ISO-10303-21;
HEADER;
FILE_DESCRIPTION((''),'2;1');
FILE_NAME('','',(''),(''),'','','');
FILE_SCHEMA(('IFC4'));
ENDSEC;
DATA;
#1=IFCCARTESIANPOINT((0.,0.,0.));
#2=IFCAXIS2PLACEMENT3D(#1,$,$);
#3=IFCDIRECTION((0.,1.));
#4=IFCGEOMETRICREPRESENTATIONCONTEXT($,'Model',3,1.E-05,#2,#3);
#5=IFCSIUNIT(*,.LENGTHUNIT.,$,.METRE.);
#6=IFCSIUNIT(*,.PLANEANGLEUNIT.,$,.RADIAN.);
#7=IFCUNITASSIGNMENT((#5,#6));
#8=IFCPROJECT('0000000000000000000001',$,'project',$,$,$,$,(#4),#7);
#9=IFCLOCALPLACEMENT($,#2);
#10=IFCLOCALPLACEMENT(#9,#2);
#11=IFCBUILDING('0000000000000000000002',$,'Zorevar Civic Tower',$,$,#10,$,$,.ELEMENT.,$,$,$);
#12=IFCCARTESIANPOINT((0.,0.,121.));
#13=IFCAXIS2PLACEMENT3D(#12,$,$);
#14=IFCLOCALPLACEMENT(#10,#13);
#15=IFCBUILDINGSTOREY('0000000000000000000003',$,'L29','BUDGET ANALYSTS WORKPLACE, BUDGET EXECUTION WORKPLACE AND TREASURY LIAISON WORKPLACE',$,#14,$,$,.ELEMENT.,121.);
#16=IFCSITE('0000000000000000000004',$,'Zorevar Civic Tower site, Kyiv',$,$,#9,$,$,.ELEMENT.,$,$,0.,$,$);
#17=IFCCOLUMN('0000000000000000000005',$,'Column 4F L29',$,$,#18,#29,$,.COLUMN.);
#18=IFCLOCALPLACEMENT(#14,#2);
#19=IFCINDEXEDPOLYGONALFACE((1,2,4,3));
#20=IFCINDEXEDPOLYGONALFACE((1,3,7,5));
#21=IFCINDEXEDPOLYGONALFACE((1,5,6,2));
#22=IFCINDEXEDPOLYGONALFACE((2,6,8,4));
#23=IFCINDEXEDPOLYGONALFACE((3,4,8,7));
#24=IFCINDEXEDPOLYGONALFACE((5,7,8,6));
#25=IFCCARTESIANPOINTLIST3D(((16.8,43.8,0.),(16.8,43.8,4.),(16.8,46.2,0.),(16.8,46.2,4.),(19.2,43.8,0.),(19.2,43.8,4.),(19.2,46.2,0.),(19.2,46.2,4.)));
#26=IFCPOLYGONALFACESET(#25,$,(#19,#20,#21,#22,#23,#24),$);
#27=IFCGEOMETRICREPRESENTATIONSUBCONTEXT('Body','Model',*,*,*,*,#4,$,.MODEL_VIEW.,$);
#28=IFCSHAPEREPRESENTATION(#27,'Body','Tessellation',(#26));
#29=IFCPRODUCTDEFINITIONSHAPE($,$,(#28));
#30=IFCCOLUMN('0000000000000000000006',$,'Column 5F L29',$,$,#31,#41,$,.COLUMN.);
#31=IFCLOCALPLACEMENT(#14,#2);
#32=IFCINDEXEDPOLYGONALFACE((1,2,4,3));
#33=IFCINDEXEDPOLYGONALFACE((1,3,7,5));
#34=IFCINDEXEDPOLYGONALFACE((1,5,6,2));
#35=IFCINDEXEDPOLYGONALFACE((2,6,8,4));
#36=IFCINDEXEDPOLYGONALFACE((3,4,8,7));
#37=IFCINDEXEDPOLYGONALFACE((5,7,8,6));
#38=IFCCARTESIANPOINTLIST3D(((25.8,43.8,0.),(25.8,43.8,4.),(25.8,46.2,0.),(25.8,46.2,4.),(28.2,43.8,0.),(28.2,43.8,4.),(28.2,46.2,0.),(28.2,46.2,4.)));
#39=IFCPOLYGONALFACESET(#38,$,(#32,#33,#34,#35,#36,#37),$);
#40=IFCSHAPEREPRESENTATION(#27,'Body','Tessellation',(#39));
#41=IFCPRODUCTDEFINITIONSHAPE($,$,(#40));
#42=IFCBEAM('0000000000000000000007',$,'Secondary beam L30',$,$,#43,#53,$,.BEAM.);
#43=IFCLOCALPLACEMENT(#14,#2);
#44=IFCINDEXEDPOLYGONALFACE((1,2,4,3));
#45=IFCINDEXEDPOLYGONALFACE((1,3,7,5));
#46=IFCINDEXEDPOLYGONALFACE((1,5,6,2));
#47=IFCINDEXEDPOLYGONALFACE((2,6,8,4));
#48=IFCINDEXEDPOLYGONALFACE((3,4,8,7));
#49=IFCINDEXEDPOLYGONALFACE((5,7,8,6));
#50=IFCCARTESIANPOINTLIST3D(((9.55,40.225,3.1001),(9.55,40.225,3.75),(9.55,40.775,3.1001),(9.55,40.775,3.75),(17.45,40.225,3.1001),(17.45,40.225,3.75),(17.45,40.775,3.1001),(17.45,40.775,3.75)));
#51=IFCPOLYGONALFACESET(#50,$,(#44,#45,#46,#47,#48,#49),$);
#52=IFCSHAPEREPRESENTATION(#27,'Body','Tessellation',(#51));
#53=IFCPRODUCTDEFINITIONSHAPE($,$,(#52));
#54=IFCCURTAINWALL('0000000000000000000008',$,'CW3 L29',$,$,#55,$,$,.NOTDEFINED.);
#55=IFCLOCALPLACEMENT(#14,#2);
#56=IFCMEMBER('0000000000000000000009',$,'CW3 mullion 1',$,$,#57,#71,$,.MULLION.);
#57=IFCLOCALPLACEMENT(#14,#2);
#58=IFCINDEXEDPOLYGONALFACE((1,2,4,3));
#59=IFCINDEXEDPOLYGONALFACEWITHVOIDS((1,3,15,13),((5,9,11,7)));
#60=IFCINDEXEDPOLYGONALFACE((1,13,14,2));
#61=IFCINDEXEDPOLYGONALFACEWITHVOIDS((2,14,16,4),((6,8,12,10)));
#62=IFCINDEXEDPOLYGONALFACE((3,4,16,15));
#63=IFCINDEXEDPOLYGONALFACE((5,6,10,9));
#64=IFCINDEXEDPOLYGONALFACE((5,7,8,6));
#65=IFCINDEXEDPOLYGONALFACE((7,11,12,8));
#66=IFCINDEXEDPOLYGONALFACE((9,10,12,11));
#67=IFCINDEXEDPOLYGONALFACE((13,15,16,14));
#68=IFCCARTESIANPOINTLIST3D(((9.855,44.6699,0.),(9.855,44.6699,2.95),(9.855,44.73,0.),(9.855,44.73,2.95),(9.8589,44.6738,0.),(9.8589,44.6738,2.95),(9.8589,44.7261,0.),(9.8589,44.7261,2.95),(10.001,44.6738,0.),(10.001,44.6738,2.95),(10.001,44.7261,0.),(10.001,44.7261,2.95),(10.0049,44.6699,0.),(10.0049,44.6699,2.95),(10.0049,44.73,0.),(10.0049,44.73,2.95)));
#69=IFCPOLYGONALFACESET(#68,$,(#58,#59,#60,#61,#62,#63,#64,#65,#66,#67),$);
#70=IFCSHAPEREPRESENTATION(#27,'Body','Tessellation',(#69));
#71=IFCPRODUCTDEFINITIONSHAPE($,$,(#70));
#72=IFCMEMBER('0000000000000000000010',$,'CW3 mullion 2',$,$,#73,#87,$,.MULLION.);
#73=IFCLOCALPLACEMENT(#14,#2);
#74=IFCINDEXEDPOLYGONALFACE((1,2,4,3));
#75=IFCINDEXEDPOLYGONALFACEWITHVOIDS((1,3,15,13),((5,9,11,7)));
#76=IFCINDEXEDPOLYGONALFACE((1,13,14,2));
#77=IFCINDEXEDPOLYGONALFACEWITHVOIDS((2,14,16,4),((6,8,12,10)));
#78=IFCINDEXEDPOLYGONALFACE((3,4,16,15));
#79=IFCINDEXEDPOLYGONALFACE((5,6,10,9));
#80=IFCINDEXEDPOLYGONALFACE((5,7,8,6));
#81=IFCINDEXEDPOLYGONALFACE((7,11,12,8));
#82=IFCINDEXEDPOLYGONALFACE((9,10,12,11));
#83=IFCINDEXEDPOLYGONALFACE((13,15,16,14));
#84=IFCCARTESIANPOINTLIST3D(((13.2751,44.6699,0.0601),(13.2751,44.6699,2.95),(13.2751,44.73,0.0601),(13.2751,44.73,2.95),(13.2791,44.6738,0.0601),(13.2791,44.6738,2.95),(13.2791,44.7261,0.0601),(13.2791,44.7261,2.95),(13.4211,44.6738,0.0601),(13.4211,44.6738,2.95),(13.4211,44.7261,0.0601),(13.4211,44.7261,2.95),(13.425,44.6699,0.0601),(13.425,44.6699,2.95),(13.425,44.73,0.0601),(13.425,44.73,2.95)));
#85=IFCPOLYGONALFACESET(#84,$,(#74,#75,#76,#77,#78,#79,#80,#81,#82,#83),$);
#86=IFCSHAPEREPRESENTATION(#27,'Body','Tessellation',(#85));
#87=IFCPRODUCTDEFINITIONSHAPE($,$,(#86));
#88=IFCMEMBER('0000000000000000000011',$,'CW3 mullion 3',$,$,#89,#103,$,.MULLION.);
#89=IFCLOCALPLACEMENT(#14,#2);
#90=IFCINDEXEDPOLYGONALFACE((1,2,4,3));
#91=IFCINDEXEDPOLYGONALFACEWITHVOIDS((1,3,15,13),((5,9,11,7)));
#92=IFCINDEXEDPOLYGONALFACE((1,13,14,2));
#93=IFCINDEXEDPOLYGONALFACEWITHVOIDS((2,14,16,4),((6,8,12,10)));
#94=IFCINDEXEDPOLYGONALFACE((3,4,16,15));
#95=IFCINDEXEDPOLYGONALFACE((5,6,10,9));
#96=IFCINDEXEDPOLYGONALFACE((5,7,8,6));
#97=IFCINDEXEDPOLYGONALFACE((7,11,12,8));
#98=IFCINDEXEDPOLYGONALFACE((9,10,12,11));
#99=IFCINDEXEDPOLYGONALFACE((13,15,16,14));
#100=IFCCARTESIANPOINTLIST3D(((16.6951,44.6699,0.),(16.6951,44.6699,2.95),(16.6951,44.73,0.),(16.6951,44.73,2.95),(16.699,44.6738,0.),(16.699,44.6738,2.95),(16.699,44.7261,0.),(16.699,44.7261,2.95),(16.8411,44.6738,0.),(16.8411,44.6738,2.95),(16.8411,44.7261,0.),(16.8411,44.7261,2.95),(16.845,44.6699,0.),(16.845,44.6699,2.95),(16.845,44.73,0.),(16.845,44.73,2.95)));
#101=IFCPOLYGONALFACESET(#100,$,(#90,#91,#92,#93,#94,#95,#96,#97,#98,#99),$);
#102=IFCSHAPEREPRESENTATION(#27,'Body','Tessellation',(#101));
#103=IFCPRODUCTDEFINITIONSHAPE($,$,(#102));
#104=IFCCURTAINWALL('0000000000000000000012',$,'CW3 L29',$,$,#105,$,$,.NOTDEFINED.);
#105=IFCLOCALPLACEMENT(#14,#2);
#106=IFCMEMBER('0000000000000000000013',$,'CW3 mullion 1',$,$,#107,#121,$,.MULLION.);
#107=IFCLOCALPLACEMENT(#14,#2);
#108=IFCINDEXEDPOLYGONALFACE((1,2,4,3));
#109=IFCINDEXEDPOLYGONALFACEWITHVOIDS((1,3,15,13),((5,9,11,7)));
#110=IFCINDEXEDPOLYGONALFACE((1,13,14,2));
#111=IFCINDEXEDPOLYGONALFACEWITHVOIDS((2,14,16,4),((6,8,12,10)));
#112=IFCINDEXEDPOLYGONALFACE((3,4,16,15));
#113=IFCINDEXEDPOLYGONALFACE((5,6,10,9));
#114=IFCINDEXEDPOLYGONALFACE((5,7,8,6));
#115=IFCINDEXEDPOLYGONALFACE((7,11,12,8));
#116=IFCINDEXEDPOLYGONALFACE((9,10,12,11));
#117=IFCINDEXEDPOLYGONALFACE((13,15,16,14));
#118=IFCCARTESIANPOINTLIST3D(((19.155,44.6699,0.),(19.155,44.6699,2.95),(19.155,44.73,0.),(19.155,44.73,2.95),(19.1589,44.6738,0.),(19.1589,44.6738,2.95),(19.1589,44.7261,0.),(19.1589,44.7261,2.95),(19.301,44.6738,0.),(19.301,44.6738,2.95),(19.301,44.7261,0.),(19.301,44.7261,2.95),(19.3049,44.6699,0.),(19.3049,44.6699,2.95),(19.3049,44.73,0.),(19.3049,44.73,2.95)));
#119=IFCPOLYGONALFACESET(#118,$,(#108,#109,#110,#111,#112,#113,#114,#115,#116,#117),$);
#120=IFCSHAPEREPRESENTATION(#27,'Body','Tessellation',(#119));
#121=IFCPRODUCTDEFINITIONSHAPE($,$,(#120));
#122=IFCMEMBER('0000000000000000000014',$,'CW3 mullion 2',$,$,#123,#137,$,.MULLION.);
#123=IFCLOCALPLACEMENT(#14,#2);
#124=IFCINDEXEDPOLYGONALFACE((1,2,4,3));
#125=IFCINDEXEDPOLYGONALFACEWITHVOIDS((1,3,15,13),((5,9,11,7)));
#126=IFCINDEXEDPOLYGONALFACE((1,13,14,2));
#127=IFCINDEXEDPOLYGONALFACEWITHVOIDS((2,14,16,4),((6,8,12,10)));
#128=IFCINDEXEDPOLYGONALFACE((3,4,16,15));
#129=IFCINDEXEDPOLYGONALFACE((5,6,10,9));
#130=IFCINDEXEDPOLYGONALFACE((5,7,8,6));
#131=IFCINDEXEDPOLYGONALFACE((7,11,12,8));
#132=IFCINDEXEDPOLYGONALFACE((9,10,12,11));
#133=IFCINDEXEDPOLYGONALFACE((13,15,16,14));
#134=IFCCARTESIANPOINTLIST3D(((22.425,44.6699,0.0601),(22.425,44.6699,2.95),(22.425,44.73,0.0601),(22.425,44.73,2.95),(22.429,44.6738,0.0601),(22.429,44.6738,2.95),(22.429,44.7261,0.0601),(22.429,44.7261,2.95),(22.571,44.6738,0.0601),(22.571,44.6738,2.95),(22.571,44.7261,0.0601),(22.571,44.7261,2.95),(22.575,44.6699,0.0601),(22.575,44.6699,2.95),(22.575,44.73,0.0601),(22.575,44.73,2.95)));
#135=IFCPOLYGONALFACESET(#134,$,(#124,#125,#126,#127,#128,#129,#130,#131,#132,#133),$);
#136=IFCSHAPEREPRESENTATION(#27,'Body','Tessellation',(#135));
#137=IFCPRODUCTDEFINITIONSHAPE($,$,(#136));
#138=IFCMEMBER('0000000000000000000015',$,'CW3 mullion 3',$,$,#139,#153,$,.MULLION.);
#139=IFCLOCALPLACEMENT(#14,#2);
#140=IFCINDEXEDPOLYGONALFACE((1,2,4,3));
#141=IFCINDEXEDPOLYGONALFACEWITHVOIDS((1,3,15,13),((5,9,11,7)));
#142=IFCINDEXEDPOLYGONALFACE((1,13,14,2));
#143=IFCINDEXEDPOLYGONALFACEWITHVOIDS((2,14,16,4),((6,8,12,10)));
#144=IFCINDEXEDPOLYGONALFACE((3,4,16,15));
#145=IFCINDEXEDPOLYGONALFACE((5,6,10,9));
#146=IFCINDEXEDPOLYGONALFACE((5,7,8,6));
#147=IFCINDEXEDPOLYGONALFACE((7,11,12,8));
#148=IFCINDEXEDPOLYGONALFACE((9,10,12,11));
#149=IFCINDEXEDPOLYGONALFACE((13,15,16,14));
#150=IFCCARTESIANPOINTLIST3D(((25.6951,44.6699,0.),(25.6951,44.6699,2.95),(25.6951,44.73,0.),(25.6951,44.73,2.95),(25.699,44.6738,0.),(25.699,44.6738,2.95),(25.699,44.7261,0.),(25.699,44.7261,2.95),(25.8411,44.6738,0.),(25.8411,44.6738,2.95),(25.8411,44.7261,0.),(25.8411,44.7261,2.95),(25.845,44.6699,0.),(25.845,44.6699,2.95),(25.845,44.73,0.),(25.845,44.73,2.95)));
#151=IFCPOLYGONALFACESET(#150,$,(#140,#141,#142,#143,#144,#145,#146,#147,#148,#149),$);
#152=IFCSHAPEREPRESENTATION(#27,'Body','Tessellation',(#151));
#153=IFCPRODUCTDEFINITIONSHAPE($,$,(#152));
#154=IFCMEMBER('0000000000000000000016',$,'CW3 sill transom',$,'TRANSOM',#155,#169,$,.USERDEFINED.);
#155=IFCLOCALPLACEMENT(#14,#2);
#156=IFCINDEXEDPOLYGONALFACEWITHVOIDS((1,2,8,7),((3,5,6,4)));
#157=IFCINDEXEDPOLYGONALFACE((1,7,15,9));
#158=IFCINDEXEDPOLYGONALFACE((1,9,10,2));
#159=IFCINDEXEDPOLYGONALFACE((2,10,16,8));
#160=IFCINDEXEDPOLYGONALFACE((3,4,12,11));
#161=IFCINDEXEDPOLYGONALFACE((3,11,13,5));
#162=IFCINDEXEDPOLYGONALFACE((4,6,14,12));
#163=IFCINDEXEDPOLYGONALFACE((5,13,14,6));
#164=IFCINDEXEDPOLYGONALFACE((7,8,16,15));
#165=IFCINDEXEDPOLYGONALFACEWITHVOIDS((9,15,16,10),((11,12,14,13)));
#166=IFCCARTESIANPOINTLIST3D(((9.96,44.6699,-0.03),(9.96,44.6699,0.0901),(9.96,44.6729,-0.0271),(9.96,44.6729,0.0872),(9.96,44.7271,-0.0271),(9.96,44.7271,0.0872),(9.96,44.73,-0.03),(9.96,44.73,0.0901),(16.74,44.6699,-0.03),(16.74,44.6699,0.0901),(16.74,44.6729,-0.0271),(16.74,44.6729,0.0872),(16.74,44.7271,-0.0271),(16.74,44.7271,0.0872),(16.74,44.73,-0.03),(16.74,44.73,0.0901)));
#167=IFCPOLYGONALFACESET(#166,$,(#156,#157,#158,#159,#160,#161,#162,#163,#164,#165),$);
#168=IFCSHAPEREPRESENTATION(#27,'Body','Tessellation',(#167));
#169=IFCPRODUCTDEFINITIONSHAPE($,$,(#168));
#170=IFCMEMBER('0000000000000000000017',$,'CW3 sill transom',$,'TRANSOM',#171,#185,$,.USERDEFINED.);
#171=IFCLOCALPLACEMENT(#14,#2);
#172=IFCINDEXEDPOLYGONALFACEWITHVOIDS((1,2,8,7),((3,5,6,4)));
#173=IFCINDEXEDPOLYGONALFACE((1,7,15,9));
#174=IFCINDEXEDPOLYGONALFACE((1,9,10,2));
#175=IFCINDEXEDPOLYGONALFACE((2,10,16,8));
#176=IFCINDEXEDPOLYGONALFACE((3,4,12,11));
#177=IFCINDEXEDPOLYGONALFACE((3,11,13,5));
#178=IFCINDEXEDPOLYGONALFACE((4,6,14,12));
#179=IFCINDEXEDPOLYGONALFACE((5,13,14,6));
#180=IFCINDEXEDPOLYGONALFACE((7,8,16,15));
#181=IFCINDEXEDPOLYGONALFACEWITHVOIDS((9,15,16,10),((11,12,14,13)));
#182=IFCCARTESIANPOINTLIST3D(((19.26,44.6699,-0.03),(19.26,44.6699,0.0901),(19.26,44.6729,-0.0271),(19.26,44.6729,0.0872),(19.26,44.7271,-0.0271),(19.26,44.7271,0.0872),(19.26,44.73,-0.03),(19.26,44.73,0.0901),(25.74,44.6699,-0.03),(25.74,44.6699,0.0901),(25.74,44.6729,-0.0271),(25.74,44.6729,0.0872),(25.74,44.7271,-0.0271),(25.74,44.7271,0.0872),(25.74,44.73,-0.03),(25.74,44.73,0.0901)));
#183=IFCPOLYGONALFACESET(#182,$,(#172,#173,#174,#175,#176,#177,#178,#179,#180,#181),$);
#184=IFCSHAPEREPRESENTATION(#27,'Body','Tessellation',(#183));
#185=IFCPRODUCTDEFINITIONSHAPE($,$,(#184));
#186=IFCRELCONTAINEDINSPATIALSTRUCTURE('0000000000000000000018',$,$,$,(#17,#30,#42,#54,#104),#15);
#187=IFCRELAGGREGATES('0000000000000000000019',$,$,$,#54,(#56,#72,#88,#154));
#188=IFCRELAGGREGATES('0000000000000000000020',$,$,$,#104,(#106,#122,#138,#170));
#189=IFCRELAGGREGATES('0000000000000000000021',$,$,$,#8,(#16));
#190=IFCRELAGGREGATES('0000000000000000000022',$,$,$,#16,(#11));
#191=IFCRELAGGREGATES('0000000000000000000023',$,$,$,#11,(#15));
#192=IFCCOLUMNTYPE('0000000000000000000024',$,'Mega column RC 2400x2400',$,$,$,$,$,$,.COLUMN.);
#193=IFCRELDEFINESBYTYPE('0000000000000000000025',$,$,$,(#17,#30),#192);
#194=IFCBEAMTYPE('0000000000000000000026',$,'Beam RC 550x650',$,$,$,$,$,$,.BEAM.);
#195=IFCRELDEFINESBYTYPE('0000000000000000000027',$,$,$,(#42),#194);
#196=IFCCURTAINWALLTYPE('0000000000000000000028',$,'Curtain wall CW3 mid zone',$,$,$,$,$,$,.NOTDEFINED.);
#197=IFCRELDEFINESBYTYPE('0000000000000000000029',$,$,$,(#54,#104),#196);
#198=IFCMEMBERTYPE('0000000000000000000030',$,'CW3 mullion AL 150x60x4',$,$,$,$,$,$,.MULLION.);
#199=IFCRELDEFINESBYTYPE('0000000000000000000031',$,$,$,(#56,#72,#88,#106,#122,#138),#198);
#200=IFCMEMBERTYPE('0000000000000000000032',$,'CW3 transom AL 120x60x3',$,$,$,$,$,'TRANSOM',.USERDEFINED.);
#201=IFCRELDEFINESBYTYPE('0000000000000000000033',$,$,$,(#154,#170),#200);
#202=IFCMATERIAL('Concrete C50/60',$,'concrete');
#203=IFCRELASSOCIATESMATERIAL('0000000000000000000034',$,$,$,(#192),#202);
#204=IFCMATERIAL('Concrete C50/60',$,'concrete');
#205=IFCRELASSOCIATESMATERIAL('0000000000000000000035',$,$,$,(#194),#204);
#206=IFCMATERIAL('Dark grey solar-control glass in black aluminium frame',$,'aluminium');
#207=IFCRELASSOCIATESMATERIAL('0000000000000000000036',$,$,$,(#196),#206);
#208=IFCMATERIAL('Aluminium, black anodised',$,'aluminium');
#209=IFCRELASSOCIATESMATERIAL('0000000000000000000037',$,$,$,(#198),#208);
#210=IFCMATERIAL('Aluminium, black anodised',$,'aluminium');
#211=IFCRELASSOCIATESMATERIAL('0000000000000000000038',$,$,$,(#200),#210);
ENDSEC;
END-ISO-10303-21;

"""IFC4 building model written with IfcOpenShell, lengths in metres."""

from ifc_helpers import new_model, si_unit, direction, frame, origin, origin_2d, place, context, subcontext, project, spatial, rectangle, hollow_rectangle, extrude, material, material_profile, profile_set, type_object, element, aggregate, save


model = new_model("IFC4")

# Units and contexts
model_context = context("Model", 3, precision=1e-05, world=origin(), true_north=direction((0.0, 1.0)))
body_context = subcontext(model_context, "Body", "Model", "MODEL_VIEW")
ifc_project = project(units=[si_unit("LENGTHUNIT", "METRE"), si_unit("PLANEANGLEUNIT", "RADIAN")], contexts=[model_context])

# Site, building, storey
site_placement = place(None, origin())
site = spatial("IfcSite", under=ifc_project, at=site_placement, Name="Zorevar Civic Tower site, Kyiv", CompositionType="ELEMENT", RefElevation=0.0)
building_placement = place(site_placement, origin())
building = spatial("IfcBuilding", under=site, at=building_placement, Name="Zorevar Civic Tower", CompositionType="ELEMENT")
storey_placement = place(building_placement, frame((0.0, 0.0, 121.0)))
storey = spatial("IfcBuildingStorey", under=building, at=storey_placement, Name="L29", Description="BUDGET ANALYSTS WORKPLACE, BUDGET EXECUTION WORKPLACE AND TREASURY LIAISON WORKPLACE", CompositionType="ELEMENT", Elevation=121.0)

# Columns
ifc_material_1 = material(Name="Concrete C50/60", Category="concrete")
ifc_material_profile_1 = material_profile(ifc_material_1, rectangle(XDim=2.3999, YDim=2.3999, at=origin_2d()), Name="RC 2400x2400")
ifc_profile_set_1 = profile_set([ifc_material_profile_1], Name="Concrete C50/60")
column_type = type_object("IfcColumnType", Name="Mega column RC 2400x2400", PredefinedType="COLUMN", material=ifc_profile_set_1)
for number, where, z_axis, x_axis, name in (
    (1, (18.0, 45.0, 0.0), (0.0, 0.0, 1.0), (1.0, 0.0, 0.0), "Column 4F L29"),
    (2, (27.0, 45.0, 0.0), (0.0, 0.0, 1.0), (1.0, 0.0, 0.0), "Column 5F L29"),
):
    element("IfcColumn", number, at=place(storey_placement, frame(where, z_axis=z_axis, x_axis=x_axis)), inside=storey, type_object=column_type, Name=name, PredefinedType="COLUMN", context=body_context, shape_type="SweptSolid", body=[
        extrude(rectangle(XDim=2.3999, YDim=2.3999, at=origin_2d()), origin(), (0.0, 0.0, 1.0), 4.0),
    ])

# Beam
ifc_material_2 = material(Name="Concrete C50/60", Category="concrete")
ifc_material_profile_2 = material_profile(ifc_material_2, rectangle(XDim=0.55, YDim=0.6499, at=origin_2d()), Name="RC 550x650")
ifc_profile_set_2 = profile_set([ifc_material_profile_2], Name="Concrete C50/60")
beam_type_1 = type_object("IfcBeamType", Name="Beam RC 550x650", PredefinedType="BEAM", material=ifc_profile_set_2)
beam_1_placement = place(storey_placement, frame((9.55, 40.5, 3.425), z_axis=(1.0, 0.0, 0.0), x_axis=(0.0, 1.0, 0.0)))
element("IfcBeam", 3, at=beam_1_placement, inside=storey, type_object=beam_type_1, Name="Secondary beam L30", PredefinedType="BEAM", context=body_context, shape_type="SweptSolid", body=[
    extrude(rectangle(XDim=0.55, YDim=0.6499, at=origin_2d()), origin(), (0.0, 0.0, 1.0), 7.8999),
])

# Curtain walls, members
ifc_material_3 = material(Name="Dark grey solar-control glass in black aluminium frame", Category="aluminium")
curtain_wall_type = type_object("IfcCurtainWallType", Name="Curtain wall CW3 mid zone", PredefinedType="NOTDEFINED", material=ifc_material_3)
curtain_wall_1_placement = place(storey_placement, origin())
curtain_wall_1 = element("IfcCurtainWall", 4, at=curtain_wall_1_placement, inside=storey, type_object=curtain_wall_type, Name="CW3 L29", PredefinedType="NOTDEFINED")
ifc_material_4 = material(Name="Aluminium, black anodised", Category="aluminium")
ifc_material_profile_3 = material_profile(ifc_material_4, hollow_rectangle(XDim=0.0601, YDim=0.1499, WallThickness=0.0039, at=origin_2d()), Name="AL 150x60x4")
ifc_profile_set_3 = profile_set([ifc_material_profile_3], Name="Aluminium, black anodised")
member_type_1 = type_object("IfcMemberType", Name="CW3 mullion AL 150x60x4", PredefinedType="MULLION", material=ifc_profile_set_3)
member_1_placement = place(storey_placement, frame((9.9299, 44.7, 0.0), z_axis=(0.0, 0.0, 1.0), x_axis=(0.0, 1.0, 0.0)))
member_1 = element("IfcMember", 5, at=member_1_placement, type_object=member_type_1, Name="CW3 mullion 1", PredefinedType="MULLION", context=body_context, shape_type="SweptSolid", body=[
    extrude(hollow_rectangle(XDim=0.0601, YDim=0.1499, WallThickness=0.0039, at=origin_2d()), origin(), (0.0, 0.0, 1.0), 2.95),
])
member_2_placement = place(storey_placement, frame((13.3501, 44.7, 0.0601), z_axis=(0.0, 0.0, 1.0), x_axis=(0.0, 1.0, 0.0)))
member_2 = element("IfcMember", 6, at=member_2_placement, type_object=member_type_1, Name="CW3 mullion 2", PredefinedType="MULLION", context=body_context, shape_type="SweptSolid", body=[
    extrude(hollow_rectangle(XDim=0.0601, YDim=0.1499, WallThickness=0.0039, at=origin_2d()), origin(), (0.0, 0.0, 1.0), 2.8899),
])
member_3_placement = place(storey_placement, frame((16.77, 44.7, 0.0), z_axis=(0.0, 0.0, 1.0), x_axis=(0.0, 1.0, 0.0)))
member_3 = element("IfcMember", 7, at=member_3_placement, type_object=member_type_1, Name="CW3 mullion 3", PredefinedType="MULLION", context=body_context, shape_type="SweptSolid", body=[
    extrude(hollow_rectangle(XDim=0.0601, YDim=0.1499, WallThickness=0.0039, at=origin_2d()), origin(), (0.0, 0.0, 1.0), 2.95),
])
curtain_wall_2_placement = place(storey_placement, origin())
curtain_wall_2 = element("IfcCurtainWall", 8, at=curtain_wall_2_placement, inside=storey, type_object=curtain_wall_type, Name="CW3 L29", PredefinedType="NOTDEFINED")
member_4_placement = place(storey_placement, frame((19.23, 44.7, 0.0), z_axis=(0.0, 0.0, 1.0), x_axis=(0.0, 1.0, 0.0)))
member_4 = element("IfcMember", 9, at=member_4_placement, type_object=member_type_1, Name="CW3 mullion 1", PredefinedType="MULLION", context=body_context, shape_type="SweptSolid", body=[
    extrude(hollow_rectangle(XDim=0.0601, YDim=0.1499, WallThickness=0.0039, at=origin_2d()), origin(), (0.0, 0.0, 1.0), 2.95),
])
member_5_placement = place(storey_placement, frame((22.5, 44.7, 0.0601), z_axis=(0.0, 0.0, 1.0), x_axis=(0.0, 1.0, 0.0)))
member_5 = element("IfcMember", 10, at=member_5_placement, type_object=member_type_1, Name="CW3 mullion 2", PredefinedType="MULLION", context=body_context, shape_type="SweptSolid", body=[
    extrude(hollow_rectangle(XDim=0.0601, YDim=0.1499, WallThickness=0.0039, at=origin_2d()), origin(), (0.0, 0.0, 1.0), 2.8899),
])
member_6_placement = place(storey_placement, frame((25.77, 44.7, 0.0), z_axis=(0.0, 0.0, 1.0), x_axis=(0.0, 1.0, 0.0)))
member_6 = element("IfcMember", 11, at=member_6_placement, type_object=member_type_1, Name="CW3 mullion 3", PredefinedType="MULLION", context=body_context, shape_type="SweptSolid", body=[
    extrude(hollow_rectangle(XDim=0.0601, YDim=0.1499, WallThickness=0.0039, at=origin_2d()), origin(), (0.0, 0.0, 1.0), 2.95),
])

# Members
ifc_material_5 = material(Name="Aluminium, black anodised", Category="aluminium")
ifc_material_profile_4 = material_profile(ifc_material_5, hollow_rectangle(XDim=0.0601, YDim=0.1201, WallThickness=0.0029, at=origin_2d()), Name="AL 120x60x3")
ifc_profile_set_4 = profile_set([ifc_material_profile_4], Name="Aluminium, black anodised")
member_type_2 = type_object("IfcMemberType", Name="CW3 transom AL 120x60x3", ElementType="TRANSOM", PredefinedType="USERDEFINED", material=ifc_profile_set_4)
member_7_placement = place(storey_placement, frame((9.96, 44.7, 0.03), z_axis=(1.0, 0.0, 0.0), x_axis=(0.0, 1.0, 0.0)))
member_7 = element("IfcMember", 12, at=member_7_placement, type_object=member_type_2, Name="CW3 sill transom", ObjectType="TRANSOM", PredefinedType="USERDEFINED", context=body_context, shape_type="SweptSolid", body=[
    extrude(hollow_rectangle(XDim=0.0601, YDim=0.1201, WallThickness=0.0029, at=origin_2d()), origin(), (0.0, 0.0, 1.0), 6.78),
])
member_8_placement = place(storey_placement, frame((19.26, 44.7, 0.03), z_axis=(1.0, 0.0, 0.0), x_axis=(0.0, 1.0, 0.0)))
member_8 = element("IfcMember", 13, at=member_8_placement, type_object=member_type_2, Name="CW3 sill transom", ObjectType="TRANSOM", PredefinedType="USERDEFINED", context=body_context, shape_type="SweptSolid", body=[
    extrude(hollow_rectangle(XDim=0.0601, YDim=0.1201, WallThickness=0.0029, at=origin_2d()), origin(), (0.0, 0.0, 1.0), 6.48),
])

aggregate(curtain_wall_1, [member_1, member_2, member_3, member_7])
aggregate(curtain_wall_2, [member_4, member_5, member_6, member_8])

save(model, "model.ifc")
